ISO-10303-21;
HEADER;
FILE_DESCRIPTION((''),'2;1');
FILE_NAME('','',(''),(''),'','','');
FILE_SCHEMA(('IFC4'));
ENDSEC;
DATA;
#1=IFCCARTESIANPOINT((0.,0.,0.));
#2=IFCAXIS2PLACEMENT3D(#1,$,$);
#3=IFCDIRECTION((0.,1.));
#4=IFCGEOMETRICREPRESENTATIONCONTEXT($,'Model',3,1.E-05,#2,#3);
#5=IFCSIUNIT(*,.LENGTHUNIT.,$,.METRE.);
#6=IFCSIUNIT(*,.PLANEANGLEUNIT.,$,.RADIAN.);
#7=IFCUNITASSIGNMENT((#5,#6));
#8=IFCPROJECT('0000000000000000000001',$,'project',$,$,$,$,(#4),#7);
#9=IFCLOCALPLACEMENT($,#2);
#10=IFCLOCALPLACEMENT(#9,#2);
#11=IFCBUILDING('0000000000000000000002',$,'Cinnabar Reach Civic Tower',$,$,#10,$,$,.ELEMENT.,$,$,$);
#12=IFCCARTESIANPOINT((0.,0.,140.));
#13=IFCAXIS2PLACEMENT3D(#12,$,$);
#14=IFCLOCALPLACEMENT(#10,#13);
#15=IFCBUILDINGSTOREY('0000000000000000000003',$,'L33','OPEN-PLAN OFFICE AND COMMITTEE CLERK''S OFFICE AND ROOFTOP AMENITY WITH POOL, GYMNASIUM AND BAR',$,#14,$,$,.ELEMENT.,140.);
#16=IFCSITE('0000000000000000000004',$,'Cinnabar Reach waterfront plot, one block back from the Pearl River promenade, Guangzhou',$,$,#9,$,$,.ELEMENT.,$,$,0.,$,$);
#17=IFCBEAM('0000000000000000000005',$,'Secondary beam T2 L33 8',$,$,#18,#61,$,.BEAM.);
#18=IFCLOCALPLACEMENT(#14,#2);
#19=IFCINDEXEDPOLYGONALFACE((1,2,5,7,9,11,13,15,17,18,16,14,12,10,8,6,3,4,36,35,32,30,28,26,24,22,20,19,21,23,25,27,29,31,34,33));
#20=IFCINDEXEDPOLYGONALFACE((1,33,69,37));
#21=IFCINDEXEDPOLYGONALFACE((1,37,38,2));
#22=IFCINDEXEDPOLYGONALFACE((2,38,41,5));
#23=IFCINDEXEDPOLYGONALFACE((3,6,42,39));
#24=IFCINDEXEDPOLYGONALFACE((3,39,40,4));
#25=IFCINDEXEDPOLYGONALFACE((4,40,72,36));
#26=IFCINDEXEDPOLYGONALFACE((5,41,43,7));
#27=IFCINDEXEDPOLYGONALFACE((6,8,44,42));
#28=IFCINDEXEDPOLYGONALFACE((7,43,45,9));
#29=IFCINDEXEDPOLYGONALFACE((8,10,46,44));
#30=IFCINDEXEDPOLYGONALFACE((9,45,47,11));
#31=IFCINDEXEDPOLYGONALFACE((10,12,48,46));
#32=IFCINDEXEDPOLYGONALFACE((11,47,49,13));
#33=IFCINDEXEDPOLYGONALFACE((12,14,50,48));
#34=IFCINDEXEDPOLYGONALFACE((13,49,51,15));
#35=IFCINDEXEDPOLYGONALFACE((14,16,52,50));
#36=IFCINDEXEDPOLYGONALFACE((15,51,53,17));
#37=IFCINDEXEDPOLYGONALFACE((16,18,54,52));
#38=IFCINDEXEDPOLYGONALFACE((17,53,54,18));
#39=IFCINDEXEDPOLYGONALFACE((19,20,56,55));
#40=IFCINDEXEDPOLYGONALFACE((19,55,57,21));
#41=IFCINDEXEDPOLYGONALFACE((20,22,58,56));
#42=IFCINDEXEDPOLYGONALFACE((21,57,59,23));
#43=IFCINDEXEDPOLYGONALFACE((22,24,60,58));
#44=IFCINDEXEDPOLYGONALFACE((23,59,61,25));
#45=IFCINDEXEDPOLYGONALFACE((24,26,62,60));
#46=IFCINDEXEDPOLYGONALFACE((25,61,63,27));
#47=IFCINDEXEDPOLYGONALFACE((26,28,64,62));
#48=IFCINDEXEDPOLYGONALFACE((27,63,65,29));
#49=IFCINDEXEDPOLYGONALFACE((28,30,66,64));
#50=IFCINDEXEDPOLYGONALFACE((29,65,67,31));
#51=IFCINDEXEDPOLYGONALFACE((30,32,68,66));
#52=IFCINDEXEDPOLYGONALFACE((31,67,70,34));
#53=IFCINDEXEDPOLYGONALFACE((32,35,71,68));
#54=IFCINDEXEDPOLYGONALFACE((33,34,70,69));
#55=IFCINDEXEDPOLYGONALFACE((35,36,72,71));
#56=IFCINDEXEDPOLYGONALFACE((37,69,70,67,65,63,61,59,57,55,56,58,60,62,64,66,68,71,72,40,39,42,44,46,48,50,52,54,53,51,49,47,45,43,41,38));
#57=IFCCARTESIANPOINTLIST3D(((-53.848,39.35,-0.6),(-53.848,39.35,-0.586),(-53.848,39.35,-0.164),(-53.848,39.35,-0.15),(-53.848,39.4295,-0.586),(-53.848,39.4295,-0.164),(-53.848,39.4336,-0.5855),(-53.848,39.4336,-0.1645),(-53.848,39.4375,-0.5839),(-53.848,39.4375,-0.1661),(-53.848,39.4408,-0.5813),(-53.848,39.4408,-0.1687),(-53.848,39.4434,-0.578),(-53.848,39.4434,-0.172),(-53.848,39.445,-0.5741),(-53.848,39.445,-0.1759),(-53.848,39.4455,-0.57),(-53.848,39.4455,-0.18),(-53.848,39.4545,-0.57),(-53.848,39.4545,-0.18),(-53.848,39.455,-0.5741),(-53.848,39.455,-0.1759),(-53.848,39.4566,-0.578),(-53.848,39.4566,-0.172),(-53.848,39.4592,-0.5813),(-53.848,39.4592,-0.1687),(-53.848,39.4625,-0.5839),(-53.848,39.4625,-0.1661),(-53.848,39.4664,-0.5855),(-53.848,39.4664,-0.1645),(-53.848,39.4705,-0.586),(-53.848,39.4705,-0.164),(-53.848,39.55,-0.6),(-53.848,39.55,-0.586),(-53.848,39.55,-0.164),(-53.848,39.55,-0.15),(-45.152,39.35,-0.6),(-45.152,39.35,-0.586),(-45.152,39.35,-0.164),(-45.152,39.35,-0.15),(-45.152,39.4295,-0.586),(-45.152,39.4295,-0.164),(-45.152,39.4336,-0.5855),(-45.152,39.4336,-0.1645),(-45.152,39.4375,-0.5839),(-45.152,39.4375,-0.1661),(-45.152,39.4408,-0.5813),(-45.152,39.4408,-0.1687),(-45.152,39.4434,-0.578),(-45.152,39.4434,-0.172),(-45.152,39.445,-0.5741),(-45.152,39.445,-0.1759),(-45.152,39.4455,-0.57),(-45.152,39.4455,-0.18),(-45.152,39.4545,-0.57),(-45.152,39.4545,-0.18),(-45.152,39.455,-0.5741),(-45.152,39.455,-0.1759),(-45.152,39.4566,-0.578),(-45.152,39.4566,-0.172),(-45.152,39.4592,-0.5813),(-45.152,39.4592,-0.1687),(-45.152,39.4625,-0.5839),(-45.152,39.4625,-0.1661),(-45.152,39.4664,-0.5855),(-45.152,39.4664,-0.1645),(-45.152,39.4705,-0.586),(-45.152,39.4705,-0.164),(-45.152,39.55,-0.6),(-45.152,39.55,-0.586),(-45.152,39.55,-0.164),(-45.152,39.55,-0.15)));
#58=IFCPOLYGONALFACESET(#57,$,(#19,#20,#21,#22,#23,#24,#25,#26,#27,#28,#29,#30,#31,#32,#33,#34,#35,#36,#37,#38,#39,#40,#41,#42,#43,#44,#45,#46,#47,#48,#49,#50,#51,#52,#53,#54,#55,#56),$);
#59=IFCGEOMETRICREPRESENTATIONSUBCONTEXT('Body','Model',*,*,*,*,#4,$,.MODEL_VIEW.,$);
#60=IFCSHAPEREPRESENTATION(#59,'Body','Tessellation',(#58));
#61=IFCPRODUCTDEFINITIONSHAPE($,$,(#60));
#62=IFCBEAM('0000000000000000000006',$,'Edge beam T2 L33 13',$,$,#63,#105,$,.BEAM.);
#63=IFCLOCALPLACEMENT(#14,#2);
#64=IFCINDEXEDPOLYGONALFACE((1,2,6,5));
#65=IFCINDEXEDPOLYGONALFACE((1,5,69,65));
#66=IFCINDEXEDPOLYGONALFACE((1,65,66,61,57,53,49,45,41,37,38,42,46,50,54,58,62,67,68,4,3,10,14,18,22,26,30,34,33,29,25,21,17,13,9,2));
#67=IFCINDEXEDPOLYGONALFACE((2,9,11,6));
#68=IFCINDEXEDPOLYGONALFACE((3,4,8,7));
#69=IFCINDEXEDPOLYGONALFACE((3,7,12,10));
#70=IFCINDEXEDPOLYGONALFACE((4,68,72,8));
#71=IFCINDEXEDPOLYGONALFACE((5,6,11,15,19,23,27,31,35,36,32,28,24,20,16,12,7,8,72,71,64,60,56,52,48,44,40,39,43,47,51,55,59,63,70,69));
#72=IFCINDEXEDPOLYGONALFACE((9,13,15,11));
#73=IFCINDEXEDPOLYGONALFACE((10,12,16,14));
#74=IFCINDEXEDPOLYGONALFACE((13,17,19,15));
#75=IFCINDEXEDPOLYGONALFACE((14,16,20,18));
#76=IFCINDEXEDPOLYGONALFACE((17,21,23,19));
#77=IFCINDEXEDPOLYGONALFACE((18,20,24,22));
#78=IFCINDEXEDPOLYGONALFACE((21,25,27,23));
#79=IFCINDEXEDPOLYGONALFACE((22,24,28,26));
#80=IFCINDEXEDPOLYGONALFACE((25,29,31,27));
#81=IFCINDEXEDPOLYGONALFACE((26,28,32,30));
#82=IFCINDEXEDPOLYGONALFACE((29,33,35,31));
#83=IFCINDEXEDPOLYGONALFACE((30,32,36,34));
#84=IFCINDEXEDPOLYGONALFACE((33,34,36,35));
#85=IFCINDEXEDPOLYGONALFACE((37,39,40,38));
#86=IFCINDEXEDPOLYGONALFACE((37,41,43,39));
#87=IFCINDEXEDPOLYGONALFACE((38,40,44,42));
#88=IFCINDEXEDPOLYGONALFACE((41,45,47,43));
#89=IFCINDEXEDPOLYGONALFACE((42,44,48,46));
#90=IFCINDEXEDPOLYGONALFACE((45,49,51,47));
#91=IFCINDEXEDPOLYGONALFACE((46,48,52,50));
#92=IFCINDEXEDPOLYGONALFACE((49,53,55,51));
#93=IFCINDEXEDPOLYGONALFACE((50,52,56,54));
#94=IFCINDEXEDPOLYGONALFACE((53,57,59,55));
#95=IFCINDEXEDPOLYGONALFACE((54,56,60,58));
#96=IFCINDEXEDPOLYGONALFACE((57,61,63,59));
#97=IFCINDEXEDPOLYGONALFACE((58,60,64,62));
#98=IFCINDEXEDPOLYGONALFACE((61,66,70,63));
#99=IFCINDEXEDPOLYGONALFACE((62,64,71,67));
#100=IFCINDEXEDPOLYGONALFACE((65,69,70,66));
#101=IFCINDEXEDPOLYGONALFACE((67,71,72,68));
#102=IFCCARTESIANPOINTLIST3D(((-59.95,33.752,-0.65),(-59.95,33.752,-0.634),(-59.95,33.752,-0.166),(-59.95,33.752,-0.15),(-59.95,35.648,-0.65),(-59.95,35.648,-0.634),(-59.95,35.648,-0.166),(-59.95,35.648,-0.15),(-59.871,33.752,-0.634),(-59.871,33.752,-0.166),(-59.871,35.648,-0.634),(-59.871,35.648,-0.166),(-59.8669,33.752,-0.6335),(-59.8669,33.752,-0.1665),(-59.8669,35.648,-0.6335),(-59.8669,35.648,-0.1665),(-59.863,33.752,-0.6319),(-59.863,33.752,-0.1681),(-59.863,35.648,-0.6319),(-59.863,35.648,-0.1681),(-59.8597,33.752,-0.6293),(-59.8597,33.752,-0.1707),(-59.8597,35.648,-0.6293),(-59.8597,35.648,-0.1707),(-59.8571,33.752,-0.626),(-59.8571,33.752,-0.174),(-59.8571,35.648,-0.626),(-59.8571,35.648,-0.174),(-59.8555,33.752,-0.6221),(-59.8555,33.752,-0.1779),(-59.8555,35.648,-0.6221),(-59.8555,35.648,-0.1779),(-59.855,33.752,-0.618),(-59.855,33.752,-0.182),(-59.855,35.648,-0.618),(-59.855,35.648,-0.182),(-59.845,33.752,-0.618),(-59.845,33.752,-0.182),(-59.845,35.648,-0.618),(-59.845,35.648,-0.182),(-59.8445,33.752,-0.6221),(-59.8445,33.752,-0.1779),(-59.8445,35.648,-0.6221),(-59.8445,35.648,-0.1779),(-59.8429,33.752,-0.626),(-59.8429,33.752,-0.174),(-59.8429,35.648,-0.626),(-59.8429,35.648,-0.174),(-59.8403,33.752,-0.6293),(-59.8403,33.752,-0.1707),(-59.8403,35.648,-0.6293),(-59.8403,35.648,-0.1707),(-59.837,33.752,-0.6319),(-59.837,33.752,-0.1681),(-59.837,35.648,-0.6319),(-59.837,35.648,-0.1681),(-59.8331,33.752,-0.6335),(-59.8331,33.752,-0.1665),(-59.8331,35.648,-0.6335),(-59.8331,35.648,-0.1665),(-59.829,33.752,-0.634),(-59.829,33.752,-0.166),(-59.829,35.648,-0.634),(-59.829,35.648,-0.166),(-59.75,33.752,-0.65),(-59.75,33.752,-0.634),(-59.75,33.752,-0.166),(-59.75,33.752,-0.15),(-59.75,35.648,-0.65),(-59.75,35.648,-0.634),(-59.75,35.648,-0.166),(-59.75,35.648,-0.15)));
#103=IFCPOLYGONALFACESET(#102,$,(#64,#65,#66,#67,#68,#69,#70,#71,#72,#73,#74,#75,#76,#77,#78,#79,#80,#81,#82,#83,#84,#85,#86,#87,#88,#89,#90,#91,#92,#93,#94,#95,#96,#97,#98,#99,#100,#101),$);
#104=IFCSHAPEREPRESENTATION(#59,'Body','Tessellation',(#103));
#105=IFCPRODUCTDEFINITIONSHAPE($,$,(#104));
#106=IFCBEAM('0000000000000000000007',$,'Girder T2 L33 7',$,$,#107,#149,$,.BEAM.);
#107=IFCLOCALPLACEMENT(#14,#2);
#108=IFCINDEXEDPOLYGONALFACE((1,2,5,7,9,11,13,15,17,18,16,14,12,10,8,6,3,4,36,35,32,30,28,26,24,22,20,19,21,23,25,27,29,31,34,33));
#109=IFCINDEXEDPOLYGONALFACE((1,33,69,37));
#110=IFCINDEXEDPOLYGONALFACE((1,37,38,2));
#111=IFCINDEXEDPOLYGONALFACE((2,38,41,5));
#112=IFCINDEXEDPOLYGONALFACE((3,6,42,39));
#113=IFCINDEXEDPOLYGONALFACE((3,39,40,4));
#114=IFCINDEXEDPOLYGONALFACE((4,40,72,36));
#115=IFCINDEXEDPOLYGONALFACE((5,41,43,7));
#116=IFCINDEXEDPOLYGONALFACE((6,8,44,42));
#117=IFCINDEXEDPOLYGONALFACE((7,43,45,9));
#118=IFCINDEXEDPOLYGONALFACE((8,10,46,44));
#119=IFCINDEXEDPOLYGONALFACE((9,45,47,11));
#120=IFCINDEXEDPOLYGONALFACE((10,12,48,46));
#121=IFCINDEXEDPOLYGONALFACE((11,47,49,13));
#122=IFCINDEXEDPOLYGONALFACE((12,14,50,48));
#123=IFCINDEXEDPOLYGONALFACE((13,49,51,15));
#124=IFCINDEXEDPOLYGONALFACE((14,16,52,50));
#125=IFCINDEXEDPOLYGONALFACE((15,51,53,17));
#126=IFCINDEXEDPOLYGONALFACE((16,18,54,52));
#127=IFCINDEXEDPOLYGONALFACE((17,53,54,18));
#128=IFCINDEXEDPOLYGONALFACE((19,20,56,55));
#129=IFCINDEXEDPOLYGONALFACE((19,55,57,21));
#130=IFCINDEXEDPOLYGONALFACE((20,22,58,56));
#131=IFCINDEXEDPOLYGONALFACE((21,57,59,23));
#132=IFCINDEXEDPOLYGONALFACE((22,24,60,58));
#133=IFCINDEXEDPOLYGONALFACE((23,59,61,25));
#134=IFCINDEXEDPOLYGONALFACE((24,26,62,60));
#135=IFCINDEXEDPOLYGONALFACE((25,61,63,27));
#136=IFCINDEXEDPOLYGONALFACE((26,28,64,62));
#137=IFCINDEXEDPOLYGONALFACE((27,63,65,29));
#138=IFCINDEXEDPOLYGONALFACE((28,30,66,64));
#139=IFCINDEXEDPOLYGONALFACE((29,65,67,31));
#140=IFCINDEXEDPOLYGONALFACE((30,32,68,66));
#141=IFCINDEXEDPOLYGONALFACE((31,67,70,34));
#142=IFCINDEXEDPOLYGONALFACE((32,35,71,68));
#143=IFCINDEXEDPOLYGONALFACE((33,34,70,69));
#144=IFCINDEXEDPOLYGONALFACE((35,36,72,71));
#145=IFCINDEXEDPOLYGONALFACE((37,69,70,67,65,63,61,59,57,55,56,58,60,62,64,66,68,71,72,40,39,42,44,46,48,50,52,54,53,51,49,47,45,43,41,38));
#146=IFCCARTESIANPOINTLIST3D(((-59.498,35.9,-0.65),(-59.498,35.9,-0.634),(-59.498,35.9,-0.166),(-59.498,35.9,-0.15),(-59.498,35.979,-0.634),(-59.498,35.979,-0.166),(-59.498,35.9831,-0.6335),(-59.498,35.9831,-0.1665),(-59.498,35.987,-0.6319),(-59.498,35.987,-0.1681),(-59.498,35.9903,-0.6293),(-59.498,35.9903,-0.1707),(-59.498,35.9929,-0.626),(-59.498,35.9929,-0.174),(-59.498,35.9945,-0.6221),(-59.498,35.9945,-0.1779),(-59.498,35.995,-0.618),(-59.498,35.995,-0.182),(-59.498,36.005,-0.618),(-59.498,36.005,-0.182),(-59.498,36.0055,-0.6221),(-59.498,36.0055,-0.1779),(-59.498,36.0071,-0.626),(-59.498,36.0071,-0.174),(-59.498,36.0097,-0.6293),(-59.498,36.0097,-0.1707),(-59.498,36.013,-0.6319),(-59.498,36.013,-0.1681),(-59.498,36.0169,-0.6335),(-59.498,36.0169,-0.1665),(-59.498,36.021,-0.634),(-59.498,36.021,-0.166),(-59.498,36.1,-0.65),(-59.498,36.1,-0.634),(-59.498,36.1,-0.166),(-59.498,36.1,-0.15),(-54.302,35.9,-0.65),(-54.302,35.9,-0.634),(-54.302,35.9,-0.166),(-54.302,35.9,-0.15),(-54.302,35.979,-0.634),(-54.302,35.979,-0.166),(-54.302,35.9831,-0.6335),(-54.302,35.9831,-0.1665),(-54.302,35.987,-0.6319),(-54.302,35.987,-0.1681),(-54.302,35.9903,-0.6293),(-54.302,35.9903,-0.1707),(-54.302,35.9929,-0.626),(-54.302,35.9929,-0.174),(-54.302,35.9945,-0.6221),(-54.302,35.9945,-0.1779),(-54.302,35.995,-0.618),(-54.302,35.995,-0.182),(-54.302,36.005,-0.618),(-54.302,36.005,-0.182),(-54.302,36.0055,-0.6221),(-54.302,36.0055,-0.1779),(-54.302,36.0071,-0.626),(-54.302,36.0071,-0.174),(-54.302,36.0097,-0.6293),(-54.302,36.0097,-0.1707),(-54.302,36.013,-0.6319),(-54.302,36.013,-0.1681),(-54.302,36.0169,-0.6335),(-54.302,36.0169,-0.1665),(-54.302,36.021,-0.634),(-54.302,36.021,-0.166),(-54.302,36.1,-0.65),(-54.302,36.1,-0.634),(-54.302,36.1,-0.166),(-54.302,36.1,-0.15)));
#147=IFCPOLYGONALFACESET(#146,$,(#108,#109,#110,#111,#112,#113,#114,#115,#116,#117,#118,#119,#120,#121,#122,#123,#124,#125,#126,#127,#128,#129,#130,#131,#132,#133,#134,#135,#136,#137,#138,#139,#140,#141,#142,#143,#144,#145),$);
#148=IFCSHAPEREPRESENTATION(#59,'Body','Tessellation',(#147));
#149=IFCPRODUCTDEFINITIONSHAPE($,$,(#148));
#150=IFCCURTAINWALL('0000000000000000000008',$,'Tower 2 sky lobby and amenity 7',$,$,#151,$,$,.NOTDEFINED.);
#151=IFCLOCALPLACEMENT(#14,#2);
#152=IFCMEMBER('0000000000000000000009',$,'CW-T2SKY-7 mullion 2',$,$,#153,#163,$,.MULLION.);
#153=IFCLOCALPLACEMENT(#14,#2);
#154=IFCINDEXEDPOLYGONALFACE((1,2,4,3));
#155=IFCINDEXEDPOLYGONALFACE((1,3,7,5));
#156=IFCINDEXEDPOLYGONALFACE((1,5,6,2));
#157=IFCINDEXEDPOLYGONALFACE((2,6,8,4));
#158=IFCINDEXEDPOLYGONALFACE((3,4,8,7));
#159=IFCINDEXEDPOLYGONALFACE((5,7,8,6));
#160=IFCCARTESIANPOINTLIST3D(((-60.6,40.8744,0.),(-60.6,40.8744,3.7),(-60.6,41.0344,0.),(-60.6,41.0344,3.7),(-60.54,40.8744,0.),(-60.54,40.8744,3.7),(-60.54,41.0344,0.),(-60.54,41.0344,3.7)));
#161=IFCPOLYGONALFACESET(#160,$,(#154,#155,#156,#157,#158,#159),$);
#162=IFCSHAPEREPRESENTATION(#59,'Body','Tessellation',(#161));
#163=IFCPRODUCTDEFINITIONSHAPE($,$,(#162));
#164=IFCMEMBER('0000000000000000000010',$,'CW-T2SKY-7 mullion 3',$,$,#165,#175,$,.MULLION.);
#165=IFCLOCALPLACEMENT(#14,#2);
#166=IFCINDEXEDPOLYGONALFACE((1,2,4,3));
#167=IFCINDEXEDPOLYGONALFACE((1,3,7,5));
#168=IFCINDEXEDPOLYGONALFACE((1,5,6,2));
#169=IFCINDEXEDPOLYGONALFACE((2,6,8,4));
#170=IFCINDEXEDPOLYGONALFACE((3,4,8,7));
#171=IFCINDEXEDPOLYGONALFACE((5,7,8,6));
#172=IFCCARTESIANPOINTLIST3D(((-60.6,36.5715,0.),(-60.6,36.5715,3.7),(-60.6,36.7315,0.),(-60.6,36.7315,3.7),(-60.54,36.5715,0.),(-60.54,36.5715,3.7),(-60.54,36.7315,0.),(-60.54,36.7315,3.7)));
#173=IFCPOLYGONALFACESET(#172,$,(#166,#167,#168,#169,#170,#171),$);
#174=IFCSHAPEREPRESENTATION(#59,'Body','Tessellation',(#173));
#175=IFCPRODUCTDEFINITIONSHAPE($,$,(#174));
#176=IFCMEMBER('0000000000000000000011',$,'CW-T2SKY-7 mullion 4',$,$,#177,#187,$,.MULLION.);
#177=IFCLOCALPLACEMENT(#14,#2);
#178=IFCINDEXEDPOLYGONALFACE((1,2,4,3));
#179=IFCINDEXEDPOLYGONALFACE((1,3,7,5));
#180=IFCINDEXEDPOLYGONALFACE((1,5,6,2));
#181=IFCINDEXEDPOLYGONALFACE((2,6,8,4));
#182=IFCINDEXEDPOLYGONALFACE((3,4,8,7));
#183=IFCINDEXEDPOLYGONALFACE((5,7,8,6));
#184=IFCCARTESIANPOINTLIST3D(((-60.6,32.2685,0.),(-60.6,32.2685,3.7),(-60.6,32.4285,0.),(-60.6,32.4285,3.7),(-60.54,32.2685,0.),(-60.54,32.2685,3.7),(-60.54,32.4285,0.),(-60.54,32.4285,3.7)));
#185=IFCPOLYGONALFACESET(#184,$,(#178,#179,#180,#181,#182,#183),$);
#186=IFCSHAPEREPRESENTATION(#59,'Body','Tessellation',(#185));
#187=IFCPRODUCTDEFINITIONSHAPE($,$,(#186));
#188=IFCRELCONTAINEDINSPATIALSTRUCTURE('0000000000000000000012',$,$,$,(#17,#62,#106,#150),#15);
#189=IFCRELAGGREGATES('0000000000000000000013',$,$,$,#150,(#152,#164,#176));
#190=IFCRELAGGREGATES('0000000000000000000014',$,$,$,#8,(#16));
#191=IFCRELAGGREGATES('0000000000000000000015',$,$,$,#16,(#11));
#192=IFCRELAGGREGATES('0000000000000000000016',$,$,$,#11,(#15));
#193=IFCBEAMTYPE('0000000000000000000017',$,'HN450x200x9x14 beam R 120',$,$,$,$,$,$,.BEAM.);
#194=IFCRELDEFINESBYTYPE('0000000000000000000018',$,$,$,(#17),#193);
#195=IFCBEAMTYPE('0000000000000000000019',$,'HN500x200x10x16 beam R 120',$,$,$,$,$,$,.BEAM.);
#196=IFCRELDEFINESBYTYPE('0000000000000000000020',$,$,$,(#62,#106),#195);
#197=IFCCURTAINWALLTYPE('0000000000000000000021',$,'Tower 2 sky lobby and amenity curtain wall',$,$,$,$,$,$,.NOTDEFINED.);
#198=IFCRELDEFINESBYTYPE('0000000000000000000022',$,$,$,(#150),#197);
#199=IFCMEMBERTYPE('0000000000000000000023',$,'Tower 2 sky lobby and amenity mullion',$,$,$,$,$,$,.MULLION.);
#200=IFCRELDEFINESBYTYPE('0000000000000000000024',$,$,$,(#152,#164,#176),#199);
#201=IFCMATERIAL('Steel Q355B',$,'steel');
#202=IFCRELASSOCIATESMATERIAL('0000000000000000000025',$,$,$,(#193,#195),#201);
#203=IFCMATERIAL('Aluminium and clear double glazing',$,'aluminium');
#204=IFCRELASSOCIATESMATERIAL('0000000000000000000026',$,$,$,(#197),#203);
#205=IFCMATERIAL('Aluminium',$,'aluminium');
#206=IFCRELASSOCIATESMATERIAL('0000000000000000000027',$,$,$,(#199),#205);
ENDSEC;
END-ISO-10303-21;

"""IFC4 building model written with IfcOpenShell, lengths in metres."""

from ifc_helpers import new_model, si_unit, direction, frame, origin, origin_2d, place, context, subcontext, project, spatial, rectangle, i_section, extrude, material, material_profile, profile_set, type_object, element, aggregate, save


model = new_model("IFC4")

# Units and contexts
model_context = context("Model", 3, precision=1e-05, world=origin(), true_north=direction((0.0, 1.0)))
body_context = subcontext(model_context, "Body", "Model", "MODEL_VIEW")
ifc_project = project(units=[si_unit("LENGTHUNIT", "METRE"), si_unit("PLANEANGLEUNIT", "RADIAN")], contexts=[model_context])

# Site, building, storey
site_placement = place(None, origin())
site = spatial("IfcSite", under=ifc_project, at=site_placement, Name="Cinnabar Reach waterfront plot, one block back from the Pearl River promenade, Guangzhou", CompositionType="ELEMENT", RefElevation=0.0)
building_placement = place(site_placement, origin())
building = spatial("IfcBuilding", under=site, at=building_placement, Name="Cinnabar Reach Civic Tower", CompositionType="ELEMENT")
storey_placement = place(building_placement, frame((0.0, 0.0, 140.0)))
storey = spatial("IfcBuildingStorey", under=building, at=storey_placement, Name="L33", Description="OPEN-PLAN OFFICE AND COMMITTEE CLERK'S OFFICE AND ROOFTOP AMENITY WITH POOL, GYMNASIUM AND BAR", CompositionType="ELEMENT", Elevation=140.0)

# Beams
ifc_material_1 = material(Name="Steel Q355B", Category="steel")
ifc_material_profile_1 = material_profile(ifc_material_1, i_section(OverallWidth=0.2, OverallDepth=0.45, WebThickness=0.009, FlangeThickness=0.014, FilletRadius=0.016, at=origin_2d()), Name="HN450x200x9x14")
ifc_profile_set_1 = profile_set([ifc_material_profile_1], Name="Steel Q355B")
beam_type_1 = type_object("IfcBeamType", Name="HN450x200x9x14 beam R 120", PredefinedType="BEAM", material=ifc_profile_set_1)
beam_1_placement = place(storey_placement, frame((-53.848, 39.45, -0.375), z_axis=(1.0, 0.0, 0.0), x_axis=(0.0, 1.0, 0.0)))
element("IfcBeam", 1, at=beam_1_placement, inside=storey, type_object=beam_type_1, Name="Secondary beam T2 L33 8", PredefinedType="BEAM", context=body_context, shape_type="SweptSolid", body=[
    extrude(i_section(OverallWidth=0.2, OverallDepth=0.45, WebThickness=0.009, FlangeThickness=0.014, FilletRadius=0.016, at=origin_2d()), origin(), (0.0, 0.0, 1.0), 8.696),
])
ifc_material_profile_2 = material_profile(ifc_material_1, i_section(OverallWidth=0.2, OverallDepth=0.5, WebThickness=0.01, FlangeThickness=0.016, FilletRadius=0.016, at=origin_2d()), Name="HN500x200x10x16")
ifc_profile_set_2 = profile_set([ifc_material_profile_2], Name="Steel Q355B")
beam_type_2 = type_object("IfcBeamType", Name="HN500x200x10x16 beam R 120", PredefinedType="BEAM", material=ifc_profile_set_2)
beam_2_placement = place(storey_placement, frame((-59.85, 35.648, -0.4), z_axis=(0.0, -1.0, 0.0), x_axis=(1.0, 0.0, 0.0)))
element("IfcBeam", 2, at=beam_2_placement, inside=storey, type_object=beam_type_2, Name="Edge beam T2 L33 13", PredefinedType="BEAM", context=body_context, shape_type="SweptSolid", body=[
    extrude(i_section(OverallWidth=0.2, OverallDepth=0.5, WebThickness=0.01, FlangeThickness=0.016, FilletRadius=0.016, at=origin_2d()), origin(), (0.0, 0.0, 1.0), 1.896),
])
beam_3_placement = place(storey_placement, frame((-59.498, 36.0, -0.4), z_axis=(1.0, 0.0, 0.0), x_axis=(0.0, 1.0, 0.0)))
element("IfcBeam", 3, at=beam_3_placement, inside=storey, type_object=beam_type_2, Name="Girder T2 L33 7", PredefinedType="BEAM", context=body_context, shape_type="SweptSolid", body=[
    extrude(i_section(OverallWidth=0.2, OverallDepth=0.5, WebThickness=0.01, FlangeThickness=0.016, FilletRadius=0.016, at=origin_2d()), origin(), (0.0, 0.0, 1.0), 5.196),
])

# Curtain wall, members
ifc_material_2 = material(Name="Aluminium and clear double glazing", Category="aluminium")
curtain_wall_type = type_object("IfcCurtainWallType", Name="Tower 2 sky lobby and amenity curtain wall", PredefinedType="NOTDEFINED", material=ifc_material_2)
curtain_wall_placement = place(storey_placement, origin())
curtain_wall = element("IfcCurtainWall", 4, at=curtain_wall_placement, inside=storey, type_object=curtain_wall_type, Name="Tower 2 sky lobby and amenity 7", PredefinedType="NOTDEFINED")
ifc_material_3 = material(Name="Aluminium", Category="aluminium")
ifc_material_profile_3 = material_profile(ifc_material_3, rectangle(XDim=0.06, YDim=0.16, at=origin_2d()), Name="Tower 2 sky lobby and amenity mullion")
ifc_profile_set_3 = profile_set([ifc_material_profile_3], Name="Aluminium")
member_type_1 = type_object("IfcMemberType", Name="Tower 2 sky lobby and amenity mullion", PredefinedType="MULLION", material=ifc_profile_set_3)
member_1_placement = place(storey_placement, frame((-60.57, 40.9544, 0.0), z_axis=(0.0, 0.0, 1.0), x_axis=(1.0, 0.0, 0.0)))
member_1 = element("IfcMember", 5, at=member_1_placement, type_object=member_type_1, Name="CW-T2SKY-7 mullion 2", PredefinedType="MULLION", context=body_context, shape_type="SweptSolid", body=[
    extrude(rectangle(XDim=0.06, YDim=0.16, at=origin_2d()), origin(), (0.0, 0.0, 1.0), 3.7),
])
member_2_placement = place(storey_placement, frame((-60.57, 36.6515, 0.0), z_axis=(0.0, 0.0, 1.0), x_axis=(1.0, 0.0, 0.0)))
member_2 = element("IfcMember", 6, at=member_2_placement, type_object=member_type_1, Name="CW-T2SKY-7 mullion 3", PredefinedType="MULLION", context=body_context, shape_type="SweptSolid", body=[
    extrude(rectangle(XDim=0.06, YDim=0.16, at=origin_2d()), origin(), (0.0, 0.0, 1.0), 3.7),
])
member_3_placement = place(storey_placement, frame((-60.57, 32.3485, 0.0), z_axis=(0.0, 0.0, 1.0), x_axis=(1.0, 0.0, 0.0)))
member_3 = element("IfcMember", 7, at=member_3_placement, type_object=member_type_1, Name="CW-T2SKY-7 mullion 4", PredefinedType="MULLION", context=body_context, shape_type="SweptSolid", body=[
    extrude(rectangle(XDim=0.06, YDim=0.16, at=origin_2d()), origin(), (0.0, 0.0, 1.0), 3.7),
])
aggregate(curtain_wall, [member_1, member_2, member_3])

save(model, "model.ifc")
